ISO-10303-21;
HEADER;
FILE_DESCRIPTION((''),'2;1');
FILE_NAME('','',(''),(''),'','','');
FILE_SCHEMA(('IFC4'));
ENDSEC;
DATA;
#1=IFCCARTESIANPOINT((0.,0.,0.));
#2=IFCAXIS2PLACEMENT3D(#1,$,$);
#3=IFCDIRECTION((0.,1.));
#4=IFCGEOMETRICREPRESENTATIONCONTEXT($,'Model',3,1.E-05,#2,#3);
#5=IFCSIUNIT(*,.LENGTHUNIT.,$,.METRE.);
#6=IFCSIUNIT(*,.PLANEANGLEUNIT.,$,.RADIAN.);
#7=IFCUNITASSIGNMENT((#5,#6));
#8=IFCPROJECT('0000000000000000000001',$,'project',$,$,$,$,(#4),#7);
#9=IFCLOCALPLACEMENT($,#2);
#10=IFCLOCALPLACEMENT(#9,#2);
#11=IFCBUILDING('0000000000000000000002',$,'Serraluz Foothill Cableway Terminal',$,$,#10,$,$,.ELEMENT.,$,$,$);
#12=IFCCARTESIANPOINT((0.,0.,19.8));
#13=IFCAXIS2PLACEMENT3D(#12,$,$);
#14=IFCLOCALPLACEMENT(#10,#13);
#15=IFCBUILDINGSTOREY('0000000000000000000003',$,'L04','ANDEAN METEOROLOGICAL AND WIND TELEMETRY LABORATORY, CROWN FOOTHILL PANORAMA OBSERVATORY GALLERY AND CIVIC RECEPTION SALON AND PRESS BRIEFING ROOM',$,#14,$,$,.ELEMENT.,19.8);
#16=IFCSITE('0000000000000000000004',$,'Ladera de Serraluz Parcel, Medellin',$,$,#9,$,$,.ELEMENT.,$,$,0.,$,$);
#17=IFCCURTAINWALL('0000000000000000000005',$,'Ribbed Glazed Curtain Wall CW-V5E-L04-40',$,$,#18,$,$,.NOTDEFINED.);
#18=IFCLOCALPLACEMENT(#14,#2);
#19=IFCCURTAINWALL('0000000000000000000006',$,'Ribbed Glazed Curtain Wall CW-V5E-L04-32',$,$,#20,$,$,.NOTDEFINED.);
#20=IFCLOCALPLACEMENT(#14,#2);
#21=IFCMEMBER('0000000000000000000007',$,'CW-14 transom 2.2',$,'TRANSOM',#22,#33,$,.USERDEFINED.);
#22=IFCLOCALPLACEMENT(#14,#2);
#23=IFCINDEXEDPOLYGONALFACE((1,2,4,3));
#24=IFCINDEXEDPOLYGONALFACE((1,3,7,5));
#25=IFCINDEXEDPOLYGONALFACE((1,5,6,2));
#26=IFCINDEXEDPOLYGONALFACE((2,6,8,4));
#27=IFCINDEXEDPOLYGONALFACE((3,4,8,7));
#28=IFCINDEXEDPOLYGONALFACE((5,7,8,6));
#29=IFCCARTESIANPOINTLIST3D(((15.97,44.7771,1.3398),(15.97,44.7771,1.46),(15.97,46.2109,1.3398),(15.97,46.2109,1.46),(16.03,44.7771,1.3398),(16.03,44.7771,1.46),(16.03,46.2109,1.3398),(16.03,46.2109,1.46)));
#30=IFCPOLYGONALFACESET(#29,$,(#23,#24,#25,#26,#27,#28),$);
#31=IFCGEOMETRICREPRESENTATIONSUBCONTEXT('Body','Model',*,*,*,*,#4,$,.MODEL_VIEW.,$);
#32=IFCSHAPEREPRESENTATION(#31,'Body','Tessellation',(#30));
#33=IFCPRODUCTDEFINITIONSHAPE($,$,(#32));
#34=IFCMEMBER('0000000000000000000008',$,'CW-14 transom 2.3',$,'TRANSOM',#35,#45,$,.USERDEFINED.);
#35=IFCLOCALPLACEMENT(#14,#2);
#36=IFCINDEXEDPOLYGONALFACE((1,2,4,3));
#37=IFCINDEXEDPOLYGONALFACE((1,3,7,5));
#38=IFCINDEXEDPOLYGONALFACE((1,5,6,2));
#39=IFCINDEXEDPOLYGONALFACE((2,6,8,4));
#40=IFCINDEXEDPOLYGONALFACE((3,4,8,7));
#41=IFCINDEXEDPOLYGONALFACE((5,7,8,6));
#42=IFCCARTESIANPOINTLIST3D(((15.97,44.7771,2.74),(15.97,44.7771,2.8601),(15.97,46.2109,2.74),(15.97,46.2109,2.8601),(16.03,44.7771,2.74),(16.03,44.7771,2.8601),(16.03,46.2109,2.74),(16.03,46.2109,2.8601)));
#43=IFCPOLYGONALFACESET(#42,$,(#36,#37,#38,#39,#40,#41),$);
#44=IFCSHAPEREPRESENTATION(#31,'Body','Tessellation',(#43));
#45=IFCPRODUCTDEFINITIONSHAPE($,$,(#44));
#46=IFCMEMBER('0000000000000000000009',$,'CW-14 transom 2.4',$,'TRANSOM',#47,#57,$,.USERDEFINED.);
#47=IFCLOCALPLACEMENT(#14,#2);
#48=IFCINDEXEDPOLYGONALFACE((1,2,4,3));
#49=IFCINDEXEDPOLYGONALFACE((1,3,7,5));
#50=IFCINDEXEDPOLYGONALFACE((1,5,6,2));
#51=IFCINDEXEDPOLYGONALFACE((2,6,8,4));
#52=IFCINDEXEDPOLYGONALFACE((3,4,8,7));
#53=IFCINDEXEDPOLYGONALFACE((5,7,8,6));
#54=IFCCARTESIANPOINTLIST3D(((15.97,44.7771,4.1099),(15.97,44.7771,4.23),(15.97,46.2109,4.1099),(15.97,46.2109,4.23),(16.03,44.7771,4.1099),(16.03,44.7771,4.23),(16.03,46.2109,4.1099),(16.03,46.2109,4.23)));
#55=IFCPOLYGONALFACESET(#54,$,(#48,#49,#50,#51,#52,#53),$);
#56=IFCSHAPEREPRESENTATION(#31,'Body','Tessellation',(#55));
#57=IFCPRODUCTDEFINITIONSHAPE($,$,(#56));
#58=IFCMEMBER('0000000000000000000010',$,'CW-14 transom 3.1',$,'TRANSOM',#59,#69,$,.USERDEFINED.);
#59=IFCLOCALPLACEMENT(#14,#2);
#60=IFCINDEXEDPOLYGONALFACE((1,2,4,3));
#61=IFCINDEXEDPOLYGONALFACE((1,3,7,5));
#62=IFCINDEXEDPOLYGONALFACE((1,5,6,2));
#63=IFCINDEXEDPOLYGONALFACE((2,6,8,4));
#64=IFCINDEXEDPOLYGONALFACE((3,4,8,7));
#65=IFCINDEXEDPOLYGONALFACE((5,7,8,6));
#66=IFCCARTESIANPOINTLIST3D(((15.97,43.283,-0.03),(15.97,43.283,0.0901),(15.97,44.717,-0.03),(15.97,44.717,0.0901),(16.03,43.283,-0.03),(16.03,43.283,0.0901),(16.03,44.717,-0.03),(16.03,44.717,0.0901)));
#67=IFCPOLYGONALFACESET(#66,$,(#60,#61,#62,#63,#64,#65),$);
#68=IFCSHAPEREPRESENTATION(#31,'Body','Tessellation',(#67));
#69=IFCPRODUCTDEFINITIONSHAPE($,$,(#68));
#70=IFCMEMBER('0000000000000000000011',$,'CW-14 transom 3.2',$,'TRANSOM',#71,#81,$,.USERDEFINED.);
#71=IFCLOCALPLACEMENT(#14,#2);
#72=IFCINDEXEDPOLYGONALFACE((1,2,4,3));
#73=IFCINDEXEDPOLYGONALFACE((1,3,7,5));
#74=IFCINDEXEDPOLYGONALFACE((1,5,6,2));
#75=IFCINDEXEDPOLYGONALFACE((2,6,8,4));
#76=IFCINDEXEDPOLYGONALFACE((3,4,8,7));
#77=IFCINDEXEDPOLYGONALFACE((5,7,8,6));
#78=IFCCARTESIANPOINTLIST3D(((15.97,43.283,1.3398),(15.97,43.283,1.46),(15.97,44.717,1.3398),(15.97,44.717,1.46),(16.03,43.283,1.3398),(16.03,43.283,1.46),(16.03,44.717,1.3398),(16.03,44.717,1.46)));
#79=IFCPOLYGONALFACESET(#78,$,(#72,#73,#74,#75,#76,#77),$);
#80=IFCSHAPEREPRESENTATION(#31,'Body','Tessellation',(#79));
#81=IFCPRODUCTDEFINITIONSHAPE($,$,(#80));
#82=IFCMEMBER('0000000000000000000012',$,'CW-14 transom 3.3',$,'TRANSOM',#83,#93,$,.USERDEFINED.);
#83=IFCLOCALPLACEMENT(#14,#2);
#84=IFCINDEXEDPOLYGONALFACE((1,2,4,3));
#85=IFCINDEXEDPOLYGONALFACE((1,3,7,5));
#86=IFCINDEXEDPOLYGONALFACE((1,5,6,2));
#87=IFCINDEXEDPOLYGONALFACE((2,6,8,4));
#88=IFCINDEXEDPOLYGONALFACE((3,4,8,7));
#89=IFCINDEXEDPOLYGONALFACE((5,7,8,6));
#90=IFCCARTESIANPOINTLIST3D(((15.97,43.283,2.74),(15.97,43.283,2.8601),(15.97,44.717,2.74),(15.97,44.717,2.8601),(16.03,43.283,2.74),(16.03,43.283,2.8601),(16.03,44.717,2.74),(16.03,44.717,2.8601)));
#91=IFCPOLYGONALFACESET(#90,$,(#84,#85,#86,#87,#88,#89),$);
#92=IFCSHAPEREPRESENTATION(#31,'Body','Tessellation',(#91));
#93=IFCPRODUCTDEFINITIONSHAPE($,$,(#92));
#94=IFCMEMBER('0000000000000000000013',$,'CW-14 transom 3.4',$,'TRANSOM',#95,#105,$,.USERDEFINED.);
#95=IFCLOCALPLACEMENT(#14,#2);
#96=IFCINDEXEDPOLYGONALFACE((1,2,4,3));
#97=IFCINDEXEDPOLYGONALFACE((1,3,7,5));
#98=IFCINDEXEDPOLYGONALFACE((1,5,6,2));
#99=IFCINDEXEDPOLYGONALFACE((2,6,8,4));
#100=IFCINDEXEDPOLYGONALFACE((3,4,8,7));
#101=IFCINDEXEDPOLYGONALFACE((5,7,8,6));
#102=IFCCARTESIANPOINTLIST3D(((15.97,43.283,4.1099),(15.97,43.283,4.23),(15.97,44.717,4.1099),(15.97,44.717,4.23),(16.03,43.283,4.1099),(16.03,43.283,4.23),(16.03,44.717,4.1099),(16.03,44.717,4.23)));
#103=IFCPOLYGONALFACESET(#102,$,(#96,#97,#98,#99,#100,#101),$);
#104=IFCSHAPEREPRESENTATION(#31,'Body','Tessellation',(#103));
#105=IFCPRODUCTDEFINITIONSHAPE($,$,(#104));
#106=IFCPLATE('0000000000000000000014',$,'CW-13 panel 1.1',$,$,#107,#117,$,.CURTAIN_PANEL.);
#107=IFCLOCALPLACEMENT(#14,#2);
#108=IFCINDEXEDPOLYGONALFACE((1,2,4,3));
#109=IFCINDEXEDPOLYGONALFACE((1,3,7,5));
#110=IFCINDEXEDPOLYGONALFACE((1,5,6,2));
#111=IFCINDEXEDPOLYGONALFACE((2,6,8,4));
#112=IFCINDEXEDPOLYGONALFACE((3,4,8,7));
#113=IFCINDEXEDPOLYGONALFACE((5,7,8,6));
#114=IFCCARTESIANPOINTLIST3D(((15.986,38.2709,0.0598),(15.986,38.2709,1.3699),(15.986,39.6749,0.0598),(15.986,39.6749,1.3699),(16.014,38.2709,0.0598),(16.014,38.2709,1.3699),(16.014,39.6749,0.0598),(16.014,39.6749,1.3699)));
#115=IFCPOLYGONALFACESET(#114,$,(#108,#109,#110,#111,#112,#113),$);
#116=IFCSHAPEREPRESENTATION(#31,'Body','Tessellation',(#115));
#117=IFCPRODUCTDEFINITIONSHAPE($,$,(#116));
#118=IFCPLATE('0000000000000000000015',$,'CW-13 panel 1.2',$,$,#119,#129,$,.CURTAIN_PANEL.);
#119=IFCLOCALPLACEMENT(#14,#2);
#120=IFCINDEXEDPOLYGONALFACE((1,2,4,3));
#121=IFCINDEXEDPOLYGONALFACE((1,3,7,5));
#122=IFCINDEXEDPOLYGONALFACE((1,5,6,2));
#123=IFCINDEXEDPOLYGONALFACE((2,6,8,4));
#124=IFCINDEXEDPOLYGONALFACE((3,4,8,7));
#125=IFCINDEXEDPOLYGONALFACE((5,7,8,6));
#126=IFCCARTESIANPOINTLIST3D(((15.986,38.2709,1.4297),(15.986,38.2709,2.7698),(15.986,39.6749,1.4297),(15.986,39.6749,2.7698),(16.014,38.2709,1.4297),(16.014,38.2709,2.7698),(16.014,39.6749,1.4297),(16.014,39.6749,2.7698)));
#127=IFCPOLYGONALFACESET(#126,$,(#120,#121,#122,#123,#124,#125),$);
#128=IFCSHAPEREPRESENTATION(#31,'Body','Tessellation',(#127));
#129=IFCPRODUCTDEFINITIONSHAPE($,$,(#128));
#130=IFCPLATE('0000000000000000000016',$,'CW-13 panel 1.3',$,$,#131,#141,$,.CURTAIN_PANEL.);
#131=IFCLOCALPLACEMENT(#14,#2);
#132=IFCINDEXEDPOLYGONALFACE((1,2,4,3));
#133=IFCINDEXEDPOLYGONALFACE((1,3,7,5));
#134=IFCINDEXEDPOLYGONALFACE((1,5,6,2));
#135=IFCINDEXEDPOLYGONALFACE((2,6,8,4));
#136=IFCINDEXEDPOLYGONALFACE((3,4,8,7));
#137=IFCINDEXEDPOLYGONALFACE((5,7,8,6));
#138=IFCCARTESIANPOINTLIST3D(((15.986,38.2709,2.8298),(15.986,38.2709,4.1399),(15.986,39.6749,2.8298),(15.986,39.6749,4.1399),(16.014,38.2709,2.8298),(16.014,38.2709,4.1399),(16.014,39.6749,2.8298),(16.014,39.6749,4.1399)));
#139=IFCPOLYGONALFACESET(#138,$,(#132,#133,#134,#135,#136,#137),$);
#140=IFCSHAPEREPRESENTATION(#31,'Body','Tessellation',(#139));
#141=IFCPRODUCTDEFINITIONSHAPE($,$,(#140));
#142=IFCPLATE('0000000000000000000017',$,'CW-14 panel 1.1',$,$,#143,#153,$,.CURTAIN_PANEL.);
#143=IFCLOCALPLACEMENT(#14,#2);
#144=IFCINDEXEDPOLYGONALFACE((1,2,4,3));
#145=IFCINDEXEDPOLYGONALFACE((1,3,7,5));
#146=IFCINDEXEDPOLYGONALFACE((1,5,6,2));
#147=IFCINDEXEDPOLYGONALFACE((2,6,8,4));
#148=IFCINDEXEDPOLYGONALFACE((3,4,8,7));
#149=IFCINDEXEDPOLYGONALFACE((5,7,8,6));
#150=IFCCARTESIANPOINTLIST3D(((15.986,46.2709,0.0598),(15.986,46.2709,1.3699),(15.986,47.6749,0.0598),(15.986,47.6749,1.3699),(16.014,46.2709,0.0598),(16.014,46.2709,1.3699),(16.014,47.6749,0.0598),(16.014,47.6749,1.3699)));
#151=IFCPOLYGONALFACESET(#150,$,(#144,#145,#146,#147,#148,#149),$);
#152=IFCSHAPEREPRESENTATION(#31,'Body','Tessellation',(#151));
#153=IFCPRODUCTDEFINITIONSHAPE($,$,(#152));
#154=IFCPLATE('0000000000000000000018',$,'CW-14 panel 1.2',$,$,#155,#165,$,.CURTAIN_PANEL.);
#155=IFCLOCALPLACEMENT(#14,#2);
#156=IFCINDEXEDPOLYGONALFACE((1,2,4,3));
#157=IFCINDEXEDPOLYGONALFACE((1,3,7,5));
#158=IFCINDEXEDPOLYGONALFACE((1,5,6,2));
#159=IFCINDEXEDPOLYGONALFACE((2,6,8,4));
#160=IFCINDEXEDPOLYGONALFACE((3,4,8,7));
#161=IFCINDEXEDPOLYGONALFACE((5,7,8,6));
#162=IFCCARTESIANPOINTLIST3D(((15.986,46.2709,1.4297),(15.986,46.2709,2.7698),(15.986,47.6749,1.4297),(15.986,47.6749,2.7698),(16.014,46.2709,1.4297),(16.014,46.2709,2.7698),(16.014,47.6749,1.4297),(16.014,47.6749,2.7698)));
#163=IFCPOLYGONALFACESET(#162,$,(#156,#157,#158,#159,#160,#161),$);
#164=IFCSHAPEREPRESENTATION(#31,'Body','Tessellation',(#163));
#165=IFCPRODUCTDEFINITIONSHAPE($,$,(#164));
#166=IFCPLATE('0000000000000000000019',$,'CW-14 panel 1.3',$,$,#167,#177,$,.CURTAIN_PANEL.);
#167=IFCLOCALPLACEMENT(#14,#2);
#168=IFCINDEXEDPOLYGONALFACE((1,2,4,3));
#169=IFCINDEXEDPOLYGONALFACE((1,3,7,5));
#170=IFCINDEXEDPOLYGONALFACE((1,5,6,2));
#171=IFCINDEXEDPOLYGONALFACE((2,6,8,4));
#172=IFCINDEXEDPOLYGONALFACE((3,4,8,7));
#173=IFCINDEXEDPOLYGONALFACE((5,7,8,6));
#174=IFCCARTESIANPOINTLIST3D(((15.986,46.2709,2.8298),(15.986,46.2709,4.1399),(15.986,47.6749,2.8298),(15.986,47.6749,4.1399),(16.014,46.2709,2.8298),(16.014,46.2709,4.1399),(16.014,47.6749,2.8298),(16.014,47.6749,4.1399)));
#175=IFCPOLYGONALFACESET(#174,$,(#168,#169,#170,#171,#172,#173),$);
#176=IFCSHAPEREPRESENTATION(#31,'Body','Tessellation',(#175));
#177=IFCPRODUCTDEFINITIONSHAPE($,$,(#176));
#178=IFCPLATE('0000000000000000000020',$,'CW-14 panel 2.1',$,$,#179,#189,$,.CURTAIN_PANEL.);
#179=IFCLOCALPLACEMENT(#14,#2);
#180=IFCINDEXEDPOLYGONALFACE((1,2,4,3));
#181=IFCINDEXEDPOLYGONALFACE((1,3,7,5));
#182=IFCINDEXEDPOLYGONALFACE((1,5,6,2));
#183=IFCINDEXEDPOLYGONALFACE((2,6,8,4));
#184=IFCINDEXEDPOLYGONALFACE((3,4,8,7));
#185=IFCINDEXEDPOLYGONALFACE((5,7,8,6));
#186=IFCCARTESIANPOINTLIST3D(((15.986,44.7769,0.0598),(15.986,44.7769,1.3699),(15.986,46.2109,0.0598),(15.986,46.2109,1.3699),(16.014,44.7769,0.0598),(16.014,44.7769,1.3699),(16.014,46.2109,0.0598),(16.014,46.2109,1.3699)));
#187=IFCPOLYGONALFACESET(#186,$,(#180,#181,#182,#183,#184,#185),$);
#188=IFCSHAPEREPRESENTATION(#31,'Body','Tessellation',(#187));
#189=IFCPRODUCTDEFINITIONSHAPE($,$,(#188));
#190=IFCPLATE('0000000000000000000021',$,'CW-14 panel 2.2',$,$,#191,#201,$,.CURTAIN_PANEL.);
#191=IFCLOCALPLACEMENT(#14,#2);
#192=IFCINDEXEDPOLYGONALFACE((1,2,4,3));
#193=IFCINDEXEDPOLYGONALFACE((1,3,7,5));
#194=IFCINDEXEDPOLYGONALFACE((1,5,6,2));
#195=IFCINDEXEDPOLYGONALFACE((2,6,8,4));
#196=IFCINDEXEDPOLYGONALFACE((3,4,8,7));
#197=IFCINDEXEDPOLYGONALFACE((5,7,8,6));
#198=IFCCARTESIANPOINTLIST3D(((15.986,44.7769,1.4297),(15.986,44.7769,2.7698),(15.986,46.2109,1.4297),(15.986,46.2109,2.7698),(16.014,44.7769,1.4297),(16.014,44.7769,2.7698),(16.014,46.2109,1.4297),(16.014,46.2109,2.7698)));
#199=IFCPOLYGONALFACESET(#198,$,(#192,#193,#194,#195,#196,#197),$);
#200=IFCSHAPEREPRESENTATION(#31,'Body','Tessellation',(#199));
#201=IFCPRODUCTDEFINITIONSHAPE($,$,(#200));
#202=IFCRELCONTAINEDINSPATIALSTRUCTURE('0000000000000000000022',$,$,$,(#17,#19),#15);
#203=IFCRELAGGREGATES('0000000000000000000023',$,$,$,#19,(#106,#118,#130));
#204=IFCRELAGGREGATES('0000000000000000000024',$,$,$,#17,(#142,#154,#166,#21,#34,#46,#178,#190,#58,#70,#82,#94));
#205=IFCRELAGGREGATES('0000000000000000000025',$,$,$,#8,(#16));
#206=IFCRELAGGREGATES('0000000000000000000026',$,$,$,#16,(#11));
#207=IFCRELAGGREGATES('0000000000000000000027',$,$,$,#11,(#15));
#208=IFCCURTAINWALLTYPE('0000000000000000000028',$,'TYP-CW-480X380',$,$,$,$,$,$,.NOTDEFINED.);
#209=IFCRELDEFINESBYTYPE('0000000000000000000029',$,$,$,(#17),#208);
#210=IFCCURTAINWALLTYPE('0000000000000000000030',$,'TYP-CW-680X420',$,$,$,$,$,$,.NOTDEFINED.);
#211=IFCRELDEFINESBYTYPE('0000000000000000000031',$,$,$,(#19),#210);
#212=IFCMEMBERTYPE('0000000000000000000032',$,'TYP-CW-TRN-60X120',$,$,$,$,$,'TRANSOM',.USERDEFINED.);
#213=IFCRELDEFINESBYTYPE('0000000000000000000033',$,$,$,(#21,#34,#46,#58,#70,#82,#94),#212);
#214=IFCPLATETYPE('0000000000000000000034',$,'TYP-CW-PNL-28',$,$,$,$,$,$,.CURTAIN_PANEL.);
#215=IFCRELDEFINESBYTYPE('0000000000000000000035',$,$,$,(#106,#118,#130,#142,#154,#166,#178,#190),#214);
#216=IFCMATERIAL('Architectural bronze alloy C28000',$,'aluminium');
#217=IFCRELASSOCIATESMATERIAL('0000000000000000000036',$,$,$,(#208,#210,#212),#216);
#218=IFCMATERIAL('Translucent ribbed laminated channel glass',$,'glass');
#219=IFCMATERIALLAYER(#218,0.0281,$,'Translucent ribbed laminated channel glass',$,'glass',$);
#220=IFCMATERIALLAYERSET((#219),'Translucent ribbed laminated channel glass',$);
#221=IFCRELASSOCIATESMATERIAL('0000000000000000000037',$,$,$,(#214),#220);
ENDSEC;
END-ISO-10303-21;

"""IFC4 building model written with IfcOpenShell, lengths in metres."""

from ifc_helpers import new_model, si_unit, direction, frame, origin, origin_2d, place, context, subcontext, project, spatial, rectangle, extrude, material, layer, layer_set, material_profile, profile_set, type_object, element, aggregate, save


model = new_model("IFC4")

# Units and contexts
model_context = context("Model", 3, precision=1e-05, world=origin(), true_north=direction((0.0, 1.0)))
body_context = subcontext(model_context, "Body", "Model", "MODEL_VIEW")
ifc_project = project(units=[si_unit("LENGTHUNIT", "METRE"), si_unit("PLANEANGLEUNIT", "RADIAN")], contexts=[model_context])

# Site, building, storey
site_placement = place(None, origin())
site = spatial("IfcSite", under=ifc_project, at=site_placement, Name="Ladera de Serraluz Parcel, Medellin", CompositionType="ELEMENT", RefElevation=0.0)
building_placement = place(site_placement, origin())
building = spatial("IfcBuilding", under=site, at=building_placement, Name="Serraluz Foothill Cableway Terminal", CompositionType="ELEMENT")
storey_placement = place(building_placement, frame((0.0, 0.0, 19.8)))
storey = spatial("IfcBuildingStorey", under=building, at=storey_placement, Name="L04", Description="ANDEAN METEOROLOGICAL AND WIND TELEMETRY LABORATORY, CROWN FOOTHILL PANORAMA OBSERVATORY GALLERY AND CIVIC RECEPTION SALON AND PRESS BRIEFING ROOM", CompositionType="ELEMENT", Elevation=19.8)

# Curtain walls
ifc_material_1 = material(Name="Architectural bronze alloy C28000", Category="aluminium")
curtain_wall_type_1 = type_object("IfcCurtainWallType", Name="TYP-CW-480X380", PredefinedType="NOTDEFINED", material=ifc_material_1)
curtain_wall_1_placement = place(storey_placement, origin())
curtain_wall_1 = element("IfcCurtainWall", 1, at=curtain_wall_1_placement, inside=storey, type_object=curtain_wall_type_1, Name="Ribbed Glazed Curtain Wall CW-V5E-L04-40", PredefinedType="NOTDEFINED")
curtain_wall_type_2 = type_object("IfcCurtainWallType", Name="TYP-CW-680X420", PredefinedType="NOTDEFINED", material=ifc_material_1)
curtain_wall_2_placement = place(storey_placement, origin())
curtain_wall_2 = element("IfcCurtainWall", 2, at=curtain_wall_2_placement, inside=storey, type_object=curtain_wall_type_2, Name="Ribbed Glazed Curtain Wall CW-V5E-L04-32", PredefinedType="NOTDEFINED")
ifc_material_profile_1 = material_profile(ifc_material_1, rectangle(XDim=0.0601, YDim=0.1201, at=origin_2d()), Name="ALU TRANSOM 60x120")
ifc_profile_set_1 = profile_set([ifc_material_profile_1], Name="Architectural bronze alloy C28000")
member_type_1 = type_object("IfcMemberType", Name="TYP-CW-TRN-60X120", ElementType="TRANSOM", PredefinedType="USERDEFINED", material=ifc_profile_set_1)

# Members
member_1_placement = place(storey_placement, frame((16.0, 46.2109, 1.3999), z_axis=(0.0, -1.0, 0.0), x_axis=(1.0, 0.0, 0.0)))
member_1 = element("IfcMember", 3, at=member_1_placement, type_object=member_type_1, Name="CW-14 transom 2.2", ObjectType="TRANSOM", PredefinedType="USERDEFINED", context=body_context, shape_type="SweptSolid", body=[
    extrude(rectangle(XDim=0.0601, YDim=0.1201, at=origin_2d()), origin(), (0.0, 0.0, 1.0), 1.4338),
])
member_2_placement = place(storey_placement, frame((16.0, 46.2109, 2.8), z_axis=(0.0, -1.0, 0.0), x_axis=(1.0, 0.0, 0.0)))
member_2 = element("IfcMember", 4, at=member_2_placement, type_object=member_type_1, Name="CW-14 transom 2.3", ObjectType="TRANSOM", PredefinedType="USERDEFINED", context=body_context, shape_type="SweptSolid", body=[
    extrude(rectangle(XDim=0.0601, YDim=0.1201, at=origin_2d()), origin(), (0.0, 0.0, 1.0), 1.4338),
])
member_3_placement = place(storey_placement, frame((16.0, 46.2109, 4.1699), z_axis=(0.0, -1.0, 0.0), x_axis=(1.0, 0.0, 0.0)))
member_3 = element("IfcMember", 5, at=member_3_placement, type_object=member_type_1, Name="CW-14 transom 2.4", ObjectType="TRANSOM", PredefinedType="USERDEFINED", context=body_context, shape_type="SweptSolid", body=[
    extrude(rectangle(XDim=0.0601, YDim=0.1201, at=origin_2d()), origin(), (0.0, 0.0, 1.0), 1.4338),
])
member_4_placement = place(storey_placement, frame((16.0, 44.717, 0.03), z_axis=(0.0, -1.0, 0.0), x_axis=(1.0, 0.0, 0.0)))
member_4 = element("IfcMember", 6, at=member_4_placement, type_object=member_type_1, Name="CW-14 transom 3.1", ObjectType="TRANSOM", PredefinedType="USERDEFINED", context=body_context, shape_type="SweptSolid", body=[
    extrude(rectangle(XDim=0.0601, YDim=0.1201, at=origin_2d()), origin(), (0.0, 0.0, 1.0), 1.4341),
])
member_5_placement = place(storey_placement, frame((16.0, 44.717, 1.3999), z_axis=(0.0, -1.0, 0.0), x_axis=(1.0, 0.0, 0.0)))
member_5 = element("IfcMember", 7, at=member_5_placement, type_object=member_type_1, Name="CW-14 transom 3.2", ObjectType="TRANSOM", PredefinedType="USERDEFINED", context=body_context, shape_type="SweptSolid", body=[
    extrude(rectangle(XDim=0.0601, YDim=0.1201, at=origin_2d()), origin(), (0.0, 0.0, 1.0), 1.4341),
])
member_6_placement = place(storey_placement, frame((16.0, 44.717, 2.8), z_axis=(0.0, -1.0, 0.0), x_axis=(1.0, 0.0, 0.0)))
member_6 = element("IfcMember", 8, at=member_6_placement, type_object=member_type_1, Name="CW-14 transom 3.3", ObjectType="TRANSOM", PredefinedType="USERDEFINED", context=body_context, shape_type="SweptSolid", body=[
    extrude(rectangle(XDim=0.0601, YDim=0.1201, at=origin_2d()), origin(), (0.0, 0.0, 1.0), 1.4341),
])
member_7_placement = place(storey_placement, frame((16.0, 44.717, 4.1699), z_axis=(0.0, -1.0, 0.0), x_axis=(1.0, 0.0, 0.0)))
member_7 = element("IfcMember", 9, at=member_7_placement, type_object=member_type_1, Name="CW-14 transom 3.4", ObjectType="TRANSOM", PredefinedType="USERDEFINED", context=body_context, shape_type="SweptSolid", body=[
    extrude(rectangle(XDim=0.0601, YDim=0.1201, at=origin_2d()), origin(), (0.0, 0.0, 1.0), 1.4341),
])

# Plates
ifc_material_2 = material(Name="Translucent ribbed laminated channel glass", Category="glass")
ifc_layer = layer(ifc_material_2, 0.0281, Name="Translucent ribbed laminated channel glass", Category="glass")
ifc_layer_set = layer_set([ifc_layer], Name="Translucent ribbed laminated channel glass")
plate_type = type_object("IfcPlateType", Name="TYP-CW-PNL-28", PredefinedType="CURTAIN_PANEL", material=ifc_layer_set)
plate_1_placement = place(storey_placement, frame((16.0, 38.9729, 0.0598), z_axis=(0.0, 0.0, 1.0), x_axis=(0.0, -1.0, 0.0)))
plate_1 = element("IfcPlate", 10, at=plate_1_placement, type_object=plate_type, Name="CW-13 panel 1.1", PredefinedType="CURTAIN_PANEL", context=body_context, shape_type="SweptSolid", body=[
    extrude(rectangle(XDim=1.4041, YDim=0.0281, at=origin_2d()), origin(), (0.0, 0.0, 1.0), 1.3101),
])
plate_2_placement = place(storey_placement, frame((16.0, 38.9729, 1.4297), z_axis=(0.0, 0.0, 1.0), x_axis=(0.0, -1.0, 0.0)))
plate_2 = element("IfcPlate", 11, at=plate_2_placement, type_object=plate_type, Name="CW-13 panel 1.2", PredefinedType="CURTAIN_PANEL", context=body_context, shape_type="SweptSolid", body=[
    extrude(rectangle(XDim=1.4041, YDim=0.0281, at=origin_2d()), origin(), (0.0, 0.0, 1.0), 1.3401),
])
plate_3_placement = place(storey_placement, frame((16.0, 38.9729, 2.8298), z_axis=(0.0, 0.0, 1.0), x_axis=(0.0, -1.0, 0.0)))
plate_3 = element("IfcPlate", 12, at=plate_3_placement, type_object=plate_type, Name="CW-13 panel 1.3", PredefinedType="CURTAIN_PANEL", context=body_context, shape_type="SweptSolid", body=[
    extrude(rectangle(XDim=1.4041, YDim=0.0281, at=origin_2d()), origin(), (0.0, 0.0, 1.0), 1.3101),
])
aggregate(curtain_wall_2, [plate_1, plate_2, plate_3])
plate_4_placement = place(storey_placement, frame((16.0, 46.9729, 0.0598), z_axis=(0.0, 0.0, 1.0), x_axis=(0.0, -1.0, 0.0)))
plate_4 = element("IfcPlate", 13, at=plate_4_placement, type_object=plate_type, Name="CW-14 panel 1.1", PredefinedType="CURTAIN_PANEL", context=body_context, shape_type="SweptSolid", body=[
    extrude(rectangle(XDim=1.4041, YDim=0.0281, at=origin_2d()), origin(), (0.0, 0.0, 1.0), 1.3101),
])
plate_5_placement = place(storey_placement, frame((16.0, 46.9729, 1.4297), z_axis=(0.0, 0.0, 1.0), x_axis=(0.0, -1.0, 0.0)))
plate_5 = element("IfcPlate", 14, at=plate_5_placement, type_object=plate_type, Name="CW-14 panel 1.2", PredefinedType="CURTAIN_PANEL", context=body_context, shape_type="SweptSolid", body=[
    extrude(rectangle(XDim=1.4041, YDim=0.0281, at=origin_2d()), origin(), (0.0, 0.0, 1.0), 1.3401),
])
plate_6_placement = place(storey_placement, frame((16.0, 46.9729, 2.8298), z_axis=(0.0, 0.0, 1.0), x_axis=(0.0, -1.0, 0.0)))
plate_6 = element("IfcPlate", 15, at=plate_6_placement, type_object=plate_type, Name="CW-14 panel 1.3", PredefinedType="CURTAIN_PANEL", context=body_context, shape_type="SweptSolid", body=[
    extrude(rectangle(XDim=1.4041, YDim=0.0281, at=origin_2d()), origin(), (0.0, 0.0, 1.0), 1.3101),
])
plate_7_placement = place(storey_placement, frame((16.0, 45.4939, 0.0598), z_axis=(0.0, 0.0, 1.0), x_axis=(0.0, -1.0, 0.0)))
plate_7 = element("IfcPlate", 16, at=plate_7_placement, type_object=plate_type, Name="CW-14 panel 2.1", PredefinedType="CURTAIN_PANEL", context=body_context, shape_type="SweptSolid", body=[
    extrude(rectangle(XDim=1.4341, YDim=0.0281, at=origin_2d()), origin(), (0.0, 0.0, 1.0), 1.3101),
])
plate_8_placement = place(storey_placement, frame((16.0, 45.4939, 1.4297), z_axis=(0.0, 0.0, 1.0), x_axis=(0.0, -1.0, 0.0)))
plate_8 = element("IfcPlate", 17, at=plate_8_placement, type_object=plate_type, Name="CW-14 panel 2.2", PredefinedType="CURTAIN_PANEL", context=body_context, shape_type="SweptSolid", body=[
    extrude(rectangle(XDim=1.4341, YDim=0.0281, at=origin_2d()), origin(), (0.0, 0.0, 1.0), 1.3401),
])
aggregate(curtain_wall_1, [plate_4, plate_5, plate_6, member_1, member_2, member_3, plate_7, plate_8, member_4, member_5, member_6, member_7])

save(model, "model.ifc")
